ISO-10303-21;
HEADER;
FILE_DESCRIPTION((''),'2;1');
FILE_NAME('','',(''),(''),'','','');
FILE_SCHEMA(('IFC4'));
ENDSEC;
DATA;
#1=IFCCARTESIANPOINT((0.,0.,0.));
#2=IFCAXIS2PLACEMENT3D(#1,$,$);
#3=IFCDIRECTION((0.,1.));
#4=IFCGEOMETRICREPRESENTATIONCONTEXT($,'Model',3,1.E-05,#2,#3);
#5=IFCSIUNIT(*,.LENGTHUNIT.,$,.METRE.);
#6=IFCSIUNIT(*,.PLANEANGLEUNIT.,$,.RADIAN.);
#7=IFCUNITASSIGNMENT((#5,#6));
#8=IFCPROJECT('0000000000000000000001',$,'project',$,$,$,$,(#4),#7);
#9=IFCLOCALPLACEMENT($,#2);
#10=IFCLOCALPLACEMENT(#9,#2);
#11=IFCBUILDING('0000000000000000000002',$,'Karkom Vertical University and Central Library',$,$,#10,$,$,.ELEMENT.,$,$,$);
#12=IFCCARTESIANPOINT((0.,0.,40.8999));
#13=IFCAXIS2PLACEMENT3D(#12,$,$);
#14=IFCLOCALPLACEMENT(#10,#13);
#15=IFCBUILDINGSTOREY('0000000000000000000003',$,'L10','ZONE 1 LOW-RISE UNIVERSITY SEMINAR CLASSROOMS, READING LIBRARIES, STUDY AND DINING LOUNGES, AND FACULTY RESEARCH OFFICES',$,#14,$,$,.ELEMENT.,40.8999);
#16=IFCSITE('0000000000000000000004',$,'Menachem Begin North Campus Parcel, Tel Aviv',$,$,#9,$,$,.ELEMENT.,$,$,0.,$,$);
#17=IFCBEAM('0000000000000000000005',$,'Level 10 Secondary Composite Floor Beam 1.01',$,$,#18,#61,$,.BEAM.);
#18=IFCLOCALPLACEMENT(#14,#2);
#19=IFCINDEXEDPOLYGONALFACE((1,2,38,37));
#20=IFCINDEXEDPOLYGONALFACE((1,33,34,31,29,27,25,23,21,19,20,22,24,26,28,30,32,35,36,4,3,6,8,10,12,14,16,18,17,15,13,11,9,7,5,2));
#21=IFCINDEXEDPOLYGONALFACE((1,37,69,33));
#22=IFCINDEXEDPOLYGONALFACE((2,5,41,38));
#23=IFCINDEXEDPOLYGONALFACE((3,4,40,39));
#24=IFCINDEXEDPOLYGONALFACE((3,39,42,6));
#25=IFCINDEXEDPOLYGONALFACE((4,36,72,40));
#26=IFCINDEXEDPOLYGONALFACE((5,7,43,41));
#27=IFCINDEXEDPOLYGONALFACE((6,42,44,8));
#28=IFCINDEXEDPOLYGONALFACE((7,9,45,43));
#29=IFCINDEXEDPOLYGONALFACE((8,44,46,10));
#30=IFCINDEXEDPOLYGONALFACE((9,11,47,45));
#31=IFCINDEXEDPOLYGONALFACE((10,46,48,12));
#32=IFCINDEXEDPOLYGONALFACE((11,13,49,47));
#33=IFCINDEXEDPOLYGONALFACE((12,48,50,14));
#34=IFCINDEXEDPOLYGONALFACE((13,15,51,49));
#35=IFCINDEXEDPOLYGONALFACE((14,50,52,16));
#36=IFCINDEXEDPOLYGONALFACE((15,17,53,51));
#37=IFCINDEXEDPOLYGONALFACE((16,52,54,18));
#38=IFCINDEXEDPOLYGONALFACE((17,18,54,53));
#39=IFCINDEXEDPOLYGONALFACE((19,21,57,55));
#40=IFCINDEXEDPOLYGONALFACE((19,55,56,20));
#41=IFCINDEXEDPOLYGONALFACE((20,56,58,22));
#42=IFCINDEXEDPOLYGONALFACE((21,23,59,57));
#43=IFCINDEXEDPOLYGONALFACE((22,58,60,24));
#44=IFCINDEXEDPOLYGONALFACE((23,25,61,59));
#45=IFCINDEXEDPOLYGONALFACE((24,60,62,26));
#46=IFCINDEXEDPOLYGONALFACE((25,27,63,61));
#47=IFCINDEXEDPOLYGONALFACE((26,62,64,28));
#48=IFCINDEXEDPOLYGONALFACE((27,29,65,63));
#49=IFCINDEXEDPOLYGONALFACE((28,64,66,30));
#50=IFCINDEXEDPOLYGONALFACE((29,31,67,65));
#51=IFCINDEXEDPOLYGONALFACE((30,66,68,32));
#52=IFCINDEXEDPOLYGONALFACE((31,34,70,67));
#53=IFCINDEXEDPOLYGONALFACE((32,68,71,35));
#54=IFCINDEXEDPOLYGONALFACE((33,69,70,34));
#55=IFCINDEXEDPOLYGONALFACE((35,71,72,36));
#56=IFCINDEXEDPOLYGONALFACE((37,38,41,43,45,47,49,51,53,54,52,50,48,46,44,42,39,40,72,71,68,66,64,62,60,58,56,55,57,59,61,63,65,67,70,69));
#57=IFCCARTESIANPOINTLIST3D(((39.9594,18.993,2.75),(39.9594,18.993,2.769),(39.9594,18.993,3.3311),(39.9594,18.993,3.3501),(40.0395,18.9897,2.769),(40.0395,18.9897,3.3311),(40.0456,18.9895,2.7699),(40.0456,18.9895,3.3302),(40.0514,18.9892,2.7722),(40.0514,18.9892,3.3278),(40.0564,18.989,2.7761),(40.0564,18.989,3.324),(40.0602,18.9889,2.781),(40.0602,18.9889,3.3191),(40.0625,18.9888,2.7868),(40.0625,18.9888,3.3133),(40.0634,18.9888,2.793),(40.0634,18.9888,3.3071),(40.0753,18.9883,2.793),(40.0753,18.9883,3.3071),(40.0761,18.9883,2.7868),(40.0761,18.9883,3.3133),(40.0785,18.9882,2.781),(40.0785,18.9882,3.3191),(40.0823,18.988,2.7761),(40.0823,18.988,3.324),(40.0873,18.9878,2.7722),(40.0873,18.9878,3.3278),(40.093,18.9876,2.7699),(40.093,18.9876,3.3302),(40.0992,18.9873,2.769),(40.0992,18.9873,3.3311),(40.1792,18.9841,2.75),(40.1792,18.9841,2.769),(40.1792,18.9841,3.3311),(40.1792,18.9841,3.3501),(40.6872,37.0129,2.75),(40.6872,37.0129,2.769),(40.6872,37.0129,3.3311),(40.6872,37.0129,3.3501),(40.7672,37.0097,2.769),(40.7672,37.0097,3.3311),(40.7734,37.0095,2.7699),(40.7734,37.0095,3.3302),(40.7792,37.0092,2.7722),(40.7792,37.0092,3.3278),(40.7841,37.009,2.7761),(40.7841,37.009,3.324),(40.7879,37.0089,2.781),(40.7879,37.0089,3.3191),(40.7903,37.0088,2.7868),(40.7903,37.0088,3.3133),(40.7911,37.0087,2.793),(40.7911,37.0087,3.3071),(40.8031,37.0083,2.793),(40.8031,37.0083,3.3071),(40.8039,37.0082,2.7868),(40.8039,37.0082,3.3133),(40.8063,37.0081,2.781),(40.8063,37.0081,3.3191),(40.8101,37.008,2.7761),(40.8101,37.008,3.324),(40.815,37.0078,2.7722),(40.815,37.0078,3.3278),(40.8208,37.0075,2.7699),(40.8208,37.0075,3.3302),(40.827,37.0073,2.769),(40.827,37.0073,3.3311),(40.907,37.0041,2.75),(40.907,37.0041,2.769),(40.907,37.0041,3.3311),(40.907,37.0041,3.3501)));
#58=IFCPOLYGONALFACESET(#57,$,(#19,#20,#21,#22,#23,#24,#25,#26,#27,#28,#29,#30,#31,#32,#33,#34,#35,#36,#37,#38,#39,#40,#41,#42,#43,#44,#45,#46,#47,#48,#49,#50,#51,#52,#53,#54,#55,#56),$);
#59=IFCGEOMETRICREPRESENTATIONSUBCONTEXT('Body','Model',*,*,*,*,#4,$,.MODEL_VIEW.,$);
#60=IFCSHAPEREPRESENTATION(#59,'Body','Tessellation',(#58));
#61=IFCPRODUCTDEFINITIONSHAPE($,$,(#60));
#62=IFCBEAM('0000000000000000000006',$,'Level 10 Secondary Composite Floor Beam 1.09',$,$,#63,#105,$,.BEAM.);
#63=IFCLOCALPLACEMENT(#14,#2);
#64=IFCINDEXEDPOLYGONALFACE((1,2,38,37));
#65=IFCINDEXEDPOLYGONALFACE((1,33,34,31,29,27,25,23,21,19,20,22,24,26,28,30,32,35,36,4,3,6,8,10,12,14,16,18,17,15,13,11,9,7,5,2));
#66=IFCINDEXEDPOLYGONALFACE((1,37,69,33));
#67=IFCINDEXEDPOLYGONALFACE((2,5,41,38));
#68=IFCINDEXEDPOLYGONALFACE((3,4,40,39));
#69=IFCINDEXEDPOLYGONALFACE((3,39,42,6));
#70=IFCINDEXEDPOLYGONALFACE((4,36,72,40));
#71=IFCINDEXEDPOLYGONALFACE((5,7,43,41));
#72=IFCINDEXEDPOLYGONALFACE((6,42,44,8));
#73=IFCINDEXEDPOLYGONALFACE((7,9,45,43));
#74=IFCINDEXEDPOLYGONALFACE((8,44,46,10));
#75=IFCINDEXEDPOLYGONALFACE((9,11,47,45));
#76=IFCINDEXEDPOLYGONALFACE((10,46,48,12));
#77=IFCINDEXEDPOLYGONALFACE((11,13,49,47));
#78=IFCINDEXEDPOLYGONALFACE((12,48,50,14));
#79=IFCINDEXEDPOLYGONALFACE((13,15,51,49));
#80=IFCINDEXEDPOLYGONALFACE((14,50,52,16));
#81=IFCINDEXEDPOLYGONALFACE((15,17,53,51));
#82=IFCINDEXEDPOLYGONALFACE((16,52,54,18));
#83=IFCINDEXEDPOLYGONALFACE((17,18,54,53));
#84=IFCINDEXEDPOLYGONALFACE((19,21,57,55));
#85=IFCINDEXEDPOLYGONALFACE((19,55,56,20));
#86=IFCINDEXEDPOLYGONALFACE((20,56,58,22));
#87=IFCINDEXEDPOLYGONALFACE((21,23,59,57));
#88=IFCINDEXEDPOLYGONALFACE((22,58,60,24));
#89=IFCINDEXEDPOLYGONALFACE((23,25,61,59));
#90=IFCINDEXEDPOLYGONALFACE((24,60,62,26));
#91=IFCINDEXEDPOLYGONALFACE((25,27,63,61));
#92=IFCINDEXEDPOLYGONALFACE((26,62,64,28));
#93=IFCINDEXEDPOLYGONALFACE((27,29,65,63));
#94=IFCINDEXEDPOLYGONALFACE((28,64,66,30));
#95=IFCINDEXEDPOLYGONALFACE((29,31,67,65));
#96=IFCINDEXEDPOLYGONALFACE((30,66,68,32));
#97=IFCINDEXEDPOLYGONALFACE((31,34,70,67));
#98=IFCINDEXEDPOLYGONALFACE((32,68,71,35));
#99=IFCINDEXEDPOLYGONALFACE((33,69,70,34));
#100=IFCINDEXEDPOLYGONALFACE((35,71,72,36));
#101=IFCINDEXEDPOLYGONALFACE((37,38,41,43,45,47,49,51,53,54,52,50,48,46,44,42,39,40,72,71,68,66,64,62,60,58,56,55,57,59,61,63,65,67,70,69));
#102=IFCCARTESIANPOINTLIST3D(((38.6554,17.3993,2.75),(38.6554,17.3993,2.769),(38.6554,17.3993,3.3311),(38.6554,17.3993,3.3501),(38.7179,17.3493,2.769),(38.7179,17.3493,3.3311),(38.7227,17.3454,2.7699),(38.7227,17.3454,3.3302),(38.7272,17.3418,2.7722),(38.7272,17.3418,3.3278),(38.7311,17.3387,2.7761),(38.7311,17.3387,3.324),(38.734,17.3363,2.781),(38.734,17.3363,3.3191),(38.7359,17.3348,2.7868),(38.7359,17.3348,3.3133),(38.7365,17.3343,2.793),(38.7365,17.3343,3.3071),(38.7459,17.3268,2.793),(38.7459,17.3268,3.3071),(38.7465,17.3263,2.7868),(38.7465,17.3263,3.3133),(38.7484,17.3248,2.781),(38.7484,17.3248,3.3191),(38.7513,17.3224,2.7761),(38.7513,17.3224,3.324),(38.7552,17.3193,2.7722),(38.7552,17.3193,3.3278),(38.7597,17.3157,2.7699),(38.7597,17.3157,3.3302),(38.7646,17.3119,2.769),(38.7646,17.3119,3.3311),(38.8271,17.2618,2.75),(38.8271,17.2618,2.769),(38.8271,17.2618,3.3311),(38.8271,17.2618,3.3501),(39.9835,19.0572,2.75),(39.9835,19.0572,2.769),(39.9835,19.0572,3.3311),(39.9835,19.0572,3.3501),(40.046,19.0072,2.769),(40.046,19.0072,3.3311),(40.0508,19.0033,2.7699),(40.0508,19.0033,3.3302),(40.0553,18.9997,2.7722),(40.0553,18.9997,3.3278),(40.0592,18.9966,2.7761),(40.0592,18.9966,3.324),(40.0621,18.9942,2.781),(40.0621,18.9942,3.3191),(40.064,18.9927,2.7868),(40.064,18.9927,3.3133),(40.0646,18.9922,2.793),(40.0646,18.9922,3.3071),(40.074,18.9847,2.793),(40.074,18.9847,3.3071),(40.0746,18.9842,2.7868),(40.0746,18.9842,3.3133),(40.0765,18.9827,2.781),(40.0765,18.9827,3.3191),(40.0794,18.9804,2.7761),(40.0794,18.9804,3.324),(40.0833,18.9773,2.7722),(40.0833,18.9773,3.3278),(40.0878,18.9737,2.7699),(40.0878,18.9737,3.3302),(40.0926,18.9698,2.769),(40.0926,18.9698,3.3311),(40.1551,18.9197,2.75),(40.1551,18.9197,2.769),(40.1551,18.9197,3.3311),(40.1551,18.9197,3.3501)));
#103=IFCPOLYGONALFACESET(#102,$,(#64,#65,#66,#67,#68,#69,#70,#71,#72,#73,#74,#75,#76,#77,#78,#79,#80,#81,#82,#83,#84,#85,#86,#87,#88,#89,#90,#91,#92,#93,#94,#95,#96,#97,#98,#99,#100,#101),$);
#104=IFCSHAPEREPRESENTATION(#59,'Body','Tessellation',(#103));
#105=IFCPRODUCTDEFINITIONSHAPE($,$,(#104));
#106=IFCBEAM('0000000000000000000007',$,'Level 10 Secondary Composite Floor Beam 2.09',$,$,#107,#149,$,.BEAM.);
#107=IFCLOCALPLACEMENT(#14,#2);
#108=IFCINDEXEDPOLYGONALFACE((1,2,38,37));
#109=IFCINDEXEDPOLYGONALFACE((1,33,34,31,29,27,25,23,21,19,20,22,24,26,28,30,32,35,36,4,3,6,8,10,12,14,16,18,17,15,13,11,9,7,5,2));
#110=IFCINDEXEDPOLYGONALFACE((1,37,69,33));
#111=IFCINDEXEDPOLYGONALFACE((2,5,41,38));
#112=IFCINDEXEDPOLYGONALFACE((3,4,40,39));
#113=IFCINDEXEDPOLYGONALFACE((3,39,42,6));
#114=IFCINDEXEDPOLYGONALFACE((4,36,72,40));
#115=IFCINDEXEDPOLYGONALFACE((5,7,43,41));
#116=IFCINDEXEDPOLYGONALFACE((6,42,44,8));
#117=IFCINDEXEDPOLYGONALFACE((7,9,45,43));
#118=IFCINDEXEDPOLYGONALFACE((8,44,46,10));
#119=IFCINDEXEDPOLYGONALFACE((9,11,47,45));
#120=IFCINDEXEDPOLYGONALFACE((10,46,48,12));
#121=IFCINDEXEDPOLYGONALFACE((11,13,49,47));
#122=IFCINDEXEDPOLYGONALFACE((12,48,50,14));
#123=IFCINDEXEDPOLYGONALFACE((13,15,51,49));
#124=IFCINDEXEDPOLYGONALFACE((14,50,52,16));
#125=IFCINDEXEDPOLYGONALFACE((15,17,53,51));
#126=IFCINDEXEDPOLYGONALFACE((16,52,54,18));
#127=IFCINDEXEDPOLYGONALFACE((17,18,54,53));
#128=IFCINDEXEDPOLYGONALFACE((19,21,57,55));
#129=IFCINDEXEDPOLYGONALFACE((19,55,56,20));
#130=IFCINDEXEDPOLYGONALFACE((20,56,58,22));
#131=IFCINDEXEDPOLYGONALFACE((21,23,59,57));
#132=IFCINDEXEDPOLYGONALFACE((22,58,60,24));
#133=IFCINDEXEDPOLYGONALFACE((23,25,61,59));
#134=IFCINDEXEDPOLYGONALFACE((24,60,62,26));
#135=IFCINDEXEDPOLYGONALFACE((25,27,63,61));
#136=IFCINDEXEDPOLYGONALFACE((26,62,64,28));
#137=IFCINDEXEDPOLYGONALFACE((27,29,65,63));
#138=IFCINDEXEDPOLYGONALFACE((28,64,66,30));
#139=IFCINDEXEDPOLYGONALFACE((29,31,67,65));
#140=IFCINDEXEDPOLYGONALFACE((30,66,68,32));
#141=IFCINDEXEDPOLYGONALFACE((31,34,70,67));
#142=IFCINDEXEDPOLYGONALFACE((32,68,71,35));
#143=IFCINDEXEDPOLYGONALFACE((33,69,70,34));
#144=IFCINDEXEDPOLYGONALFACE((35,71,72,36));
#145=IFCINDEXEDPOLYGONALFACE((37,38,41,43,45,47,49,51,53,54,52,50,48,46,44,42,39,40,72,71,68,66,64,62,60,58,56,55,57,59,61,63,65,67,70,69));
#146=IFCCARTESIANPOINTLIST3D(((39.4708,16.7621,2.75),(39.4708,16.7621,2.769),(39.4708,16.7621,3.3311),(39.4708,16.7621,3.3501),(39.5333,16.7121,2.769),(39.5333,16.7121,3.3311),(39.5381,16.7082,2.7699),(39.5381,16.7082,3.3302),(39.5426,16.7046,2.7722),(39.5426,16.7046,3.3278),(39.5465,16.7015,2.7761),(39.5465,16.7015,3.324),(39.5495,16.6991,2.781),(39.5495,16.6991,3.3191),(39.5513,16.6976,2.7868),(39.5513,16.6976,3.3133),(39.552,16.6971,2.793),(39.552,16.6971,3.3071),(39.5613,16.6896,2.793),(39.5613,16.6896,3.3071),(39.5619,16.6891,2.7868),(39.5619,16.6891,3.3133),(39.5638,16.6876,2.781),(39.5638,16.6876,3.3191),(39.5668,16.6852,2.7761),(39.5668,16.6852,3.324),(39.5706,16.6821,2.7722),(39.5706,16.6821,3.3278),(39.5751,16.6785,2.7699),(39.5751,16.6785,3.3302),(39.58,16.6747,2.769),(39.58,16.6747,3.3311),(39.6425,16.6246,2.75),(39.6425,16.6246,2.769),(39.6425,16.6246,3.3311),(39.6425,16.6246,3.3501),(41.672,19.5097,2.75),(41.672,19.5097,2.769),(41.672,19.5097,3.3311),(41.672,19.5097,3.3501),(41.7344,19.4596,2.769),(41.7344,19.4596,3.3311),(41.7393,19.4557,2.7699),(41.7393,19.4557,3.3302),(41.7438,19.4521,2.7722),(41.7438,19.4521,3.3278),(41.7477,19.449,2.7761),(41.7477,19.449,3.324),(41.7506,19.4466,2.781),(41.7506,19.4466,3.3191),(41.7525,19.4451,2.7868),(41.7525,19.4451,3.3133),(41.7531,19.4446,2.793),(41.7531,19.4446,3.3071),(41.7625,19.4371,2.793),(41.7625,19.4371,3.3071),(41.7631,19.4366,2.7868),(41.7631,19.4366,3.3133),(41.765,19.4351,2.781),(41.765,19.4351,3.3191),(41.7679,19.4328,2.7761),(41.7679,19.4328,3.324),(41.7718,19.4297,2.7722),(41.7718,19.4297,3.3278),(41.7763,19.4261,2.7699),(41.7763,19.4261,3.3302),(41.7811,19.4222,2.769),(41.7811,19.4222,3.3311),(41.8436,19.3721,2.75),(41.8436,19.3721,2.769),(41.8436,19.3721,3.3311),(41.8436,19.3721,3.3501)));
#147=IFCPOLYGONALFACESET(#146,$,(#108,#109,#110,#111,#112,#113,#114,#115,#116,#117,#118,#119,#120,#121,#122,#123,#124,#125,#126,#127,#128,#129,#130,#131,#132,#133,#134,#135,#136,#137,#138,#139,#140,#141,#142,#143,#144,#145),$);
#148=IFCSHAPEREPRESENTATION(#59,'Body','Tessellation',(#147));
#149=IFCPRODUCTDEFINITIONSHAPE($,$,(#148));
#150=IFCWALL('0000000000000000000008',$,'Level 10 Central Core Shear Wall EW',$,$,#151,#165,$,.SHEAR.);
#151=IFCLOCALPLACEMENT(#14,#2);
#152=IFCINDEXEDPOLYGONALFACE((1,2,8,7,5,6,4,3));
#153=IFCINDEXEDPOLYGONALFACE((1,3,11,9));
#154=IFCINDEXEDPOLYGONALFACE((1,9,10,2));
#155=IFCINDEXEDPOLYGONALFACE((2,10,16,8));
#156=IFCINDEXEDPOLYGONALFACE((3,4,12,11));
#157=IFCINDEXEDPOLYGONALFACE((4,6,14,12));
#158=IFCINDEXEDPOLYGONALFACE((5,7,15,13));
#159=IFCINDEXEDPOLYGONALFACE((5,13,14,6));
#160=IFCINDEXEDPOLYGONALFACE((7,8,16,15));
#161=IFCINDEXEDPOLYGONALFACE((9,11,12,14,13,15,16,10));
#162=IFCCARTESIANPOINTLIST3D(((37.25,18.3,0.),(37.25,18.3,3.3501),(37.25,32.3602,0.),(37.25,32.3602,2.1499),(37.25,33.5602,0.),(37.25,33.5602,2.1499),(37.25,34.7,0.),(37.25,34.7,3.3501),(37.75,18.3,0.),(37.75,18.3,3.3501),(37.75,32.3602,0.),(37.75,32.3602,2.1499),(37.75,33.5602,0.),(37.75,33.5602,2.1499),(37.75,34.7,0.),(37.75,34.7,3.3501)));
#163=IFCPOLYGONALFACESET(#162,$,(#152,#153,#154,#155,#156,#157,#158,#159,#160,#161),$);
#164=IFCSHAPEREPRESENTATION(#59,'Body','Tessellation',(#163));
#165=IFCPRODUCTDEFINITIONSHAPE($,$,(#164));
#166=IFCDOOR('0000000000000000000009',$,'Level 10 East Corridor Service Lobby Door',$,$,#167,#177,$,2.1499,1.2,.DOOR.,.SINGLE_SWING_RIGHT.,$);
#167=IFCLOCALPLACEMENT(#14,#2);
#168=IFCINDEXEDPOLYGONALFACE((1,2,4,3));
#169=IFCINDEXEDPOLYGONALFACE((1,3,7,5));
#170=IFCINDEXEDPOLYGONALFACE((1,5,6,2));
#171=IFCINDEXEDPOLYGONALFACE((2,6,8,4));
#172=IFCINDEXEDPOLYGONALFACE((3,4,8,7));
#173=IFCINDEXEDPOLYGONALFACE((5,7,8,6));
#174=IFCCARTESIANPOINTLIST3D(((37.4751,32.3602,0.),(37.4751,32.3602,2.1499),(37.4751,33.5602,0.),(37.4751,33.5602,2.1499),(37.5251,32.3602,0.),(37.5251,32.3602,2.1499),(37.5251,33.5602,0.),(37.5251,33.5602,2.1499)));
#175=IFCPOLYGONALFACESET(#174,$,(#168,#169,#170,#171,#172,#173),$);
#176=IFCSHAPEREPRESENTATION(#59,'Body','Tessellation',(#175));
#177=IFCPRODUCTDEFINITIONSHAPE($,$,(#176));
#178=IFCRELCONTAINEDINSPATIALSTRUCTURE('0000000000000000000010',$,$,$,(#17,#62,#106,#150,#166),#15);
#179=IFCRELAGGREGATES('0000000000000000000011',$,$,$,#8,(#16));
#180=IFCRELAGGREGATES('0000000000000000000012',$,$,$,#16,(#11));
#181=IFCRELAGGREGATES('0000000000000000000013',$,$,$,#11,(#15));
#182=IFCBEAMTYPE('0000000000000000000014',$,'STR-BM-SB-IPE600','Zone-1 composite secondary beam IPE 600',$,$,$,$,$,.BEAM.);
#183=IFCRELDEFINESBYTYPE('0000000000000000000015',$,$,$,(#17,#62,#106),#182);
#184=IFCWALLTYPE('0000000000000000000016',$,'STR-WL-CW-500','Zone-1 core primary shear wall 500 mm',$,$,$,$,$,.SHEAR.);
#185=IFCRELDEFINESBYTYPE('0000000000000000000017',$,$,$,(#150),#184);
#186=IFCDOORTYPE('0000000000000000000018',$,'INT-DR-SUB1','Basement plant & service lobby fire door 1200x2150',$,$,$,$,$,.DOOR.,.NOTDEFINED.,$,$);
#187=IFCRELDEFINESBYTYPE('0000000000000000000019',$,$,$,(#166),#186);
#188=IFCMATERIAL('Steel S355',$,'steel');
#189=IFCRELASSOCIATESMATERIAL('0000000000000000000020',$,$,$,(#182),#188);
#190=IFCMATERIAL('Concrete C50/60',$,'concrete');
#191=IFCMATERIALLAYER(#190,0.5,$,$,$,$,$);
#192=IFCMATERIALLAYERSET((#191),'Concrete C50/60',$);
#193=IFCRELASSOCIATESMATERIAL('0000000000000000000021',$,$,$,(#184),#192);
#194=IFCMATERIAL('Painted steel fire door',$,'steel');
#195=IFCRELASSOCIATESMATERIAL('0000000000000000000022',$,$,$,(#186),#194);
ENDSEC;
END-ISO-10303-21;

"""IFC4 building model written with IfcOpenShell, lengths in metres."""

from ifc_helpers import new_model, si_unit, direction, frame, frame_2d, origin, origin_with_axes, origin_2d, place, context, subcontext, project, spatial, rectangle, i_section, extrude, source, transform, mapped, material, layer, layer_set, material_profile, profile_set, type_object, element, fill, save


model = new_model("IFC4")

# Units and contexts
model_context = context("Model", 3, precision=1e-05, world=origin(), true_north=direction((0.0, 1.0)))
body_context = subcontext(model_context, "Body", "Model", "MODEL_VIEW")
ifc_project = project(units=[si_unit("LENGTHUNIT", "METRE"), si_unit("PLANEANGLEUNIT", "RADIAN")], contexts=[model_context])

# Site, building, storey
site_placement = place(None, origin())
site = spatial("IfcSite", under=ifc_project, at=site_placement, Name="Menachem Begin North Campus Parcel, Tel Aviv", CompositionType="ELEMENT", RefElevation=0.0)
building_placement = place(site_placement, origin())
building = spatial("IfcBuilding", under=site, at=building_placement, Name="Karkom Vertical University and Central Library", CompositionType="ELEMENT")
storey_placement = place(building_placement, frame((0.0, 0.0, 40.8999)))
storey = spatial("IfcBuildingStorey", under=building, at=storey_placement, Name="L10", Description="ZONE 1 LOW-RISE UNIVERSITY SEMINAR CLASSROOMS, READING LIBRARIES, STUDY AND DINING LOUNGES, AND FACULTY RESEARCH OFFICES", CompositionType="ELEMENT", Elevation=40.8999)

# Shared definitions
ifc_material_1 = material(Name="Concrete C50/60", Category="concrete")

# Beams
ifc_material_2 = material(Name="Steel S355", Category="steel")
ifc_material_profile_1 = material_profile(ifc_material_2, i_section(OverallWidth=0.22, OverallDepth=0.6001, WebThickness=0.012, FlangeThickness=0.019, FilletRadius=0.0239, at=origin_2d()), Name="IPE 600")
ifc_profile_set_1 = profile_set([ifc_material_profile_1], Name="Steel S355")
beam_type_1 = type_object("IfcBeamType", Name="STR-BM-SB-IPE600", Description="Zone-1 composite secondary beam IPE 600", PredefinedType="BEAM", material=ifc_profile_set_1)
shared_shape_1 = source(origin_with_axes(), body_context, "Body", "SweptSolid", [
    extrude(i_section(OverallWidth=0.22, OverallDepth=0.6001, WebThickness=0.012, FlangeThickness=0.019, FilletRadius=0.0239, at=origin_2d()), origin(), (0.0, 0.0, 1.0), 18.0347),
])
beam_1_placement = place(storey_placement, frame((40.0693, 18.9885, 3.05), z_axis=(0.040355, 0.999185, 0.0), x_axis=(-0.999185, 0.040355, 0.0)))
element("IfcBeam", 1, at=beam_1_placement, inside=storey, type_object=beam_type_1, Name="Level 10 Secondary Composite Floor Beam 1.01", PredefinedType="BEAM", context=body_context, shape_type="MappedRepresentation", body=[
    mapped(shared_shape_1, transform((0.0, 0.0, 0.0), scale=1.0)),
])
shared_shape_2 = source(origin_with_axes(), body_context, "Body", "SweptSolid", [
    extrude(i_section(OverallWidth=0.22, OverallDepth=0.6001, WebThickness=0.012, FlangeThickness=0.019, FilletRadius=0.0239, at=origin_2d()), origin(), (0.0, 0.0, 1.0), 2.1243),
])
beam_2_placement = place(storey_placement, frame((38.7412, 17.3306, 3.05), z_axis=(0.625199, 0.780465, 0.0), x_axis=(-0.780465, 0.625199, 0.0)))
element("IfcBeam", 2, at=beam_2_placement, inside=storey, type_object=beam_type_1, Name="Level 10 Secondary Composite Floor Beam 1.09", PredefinedType="BEAM", context=body_context, shape_type="MappedRepresentation", body=[
    mapped(shared_shape_2, transform((0.0, 0.0, 0.0), scale=1.0)),
])
shared_shape_3 = source(origin_with_axes(), body_context, "Body", "SweptSolid", [
    extrude(i_section(OverallWidth=0.22, OverallDepth=0.6001, WebThickness=0.012, FlangeThickness=0.019, FilletRadius=0.0239, at=origin_2d()), origin(), (0.0, 0.0, 1.0), 3.5205),
])
beam_3_placement = place(storey_placement, frame((39.5566, 16.6934, 3.05), z_axis=(0.625236, 0.780436, 0.0), x_axis=(-0.780436, 0.625236, 0.0)))
element("IfcBeam", 3, at=beam_3_placement, inside=storey, type_object=beam_type_1, Name="Level 10 Secondary Composite Floor Beam 2.09", PredefinedType="BEAM", context=body_context, shape_type="MappedRepresentation", body=[
    mapped(shared_shape_3, transform((0.0, 0.0, 0.0), scale=1.0)),
])

# Wall, opening, door
ifc_layer_1 = layer(ifc_material_1, 0.5)
ifc_layer_set_1 = layer_set([ifc_layer_1], Name="Concrete C50/60")
wall_type_1 = type_object("IfcWallType", Name="STR-WL-CW-500", Description="Zone-1 core primary shear wall 500 mm", PredefinedType="SHEAR", material=ifc_layer_set_1)
wall_1_placement = place(storey_placement, frame((37.5, 18.3, 0.0), z_axis=(0.0, 0.0, 1.0), x_axis=(0.0, 1.0, 0.0)))
wall_1 = element("IfcWall", 4, at=wall_1_placement, inside=storey, type_object=wall_type_1, Name="Level 10 Central Core Shear Wall EW", PredefinedType="SHEAR", context=body_context, shape_type="SweptSolid", body=[
    extrude(rectangle(XDim=16.3999, YDim=0.5, at=frame_2d((8.2, 0.0))), origin(), (0.0, 0.0, 1.0), 3.3501),
])
opening_placement = place(wall_1_placement, frame((14.0601, 0.0, 0.0)))
opening = element("IfcOpeningElement", 5, at=opening_placement, cuts=wall_1, PredefinedType="OPENING", context=body_context, shape_type="SweptSolid", body=[
    extrude(rectangle(XDim=1.2, YDim=2.1499, at=frame_2d((0.6001, 1.075))), frame((0.0, 0.26, 0.0), z_axis=(0.0, -1.0, 0.0), x_axis=(1.0, 0.0, 0.0)), (0.0, 0.0, 1.0), 0.52),
])
ifc_material_3 = material(Name="Painted steel fire door", Category="steel")
door_type = type_object("IfcDoorType", Name="INT-DR-SUB1", Description="Basement plant & service lobby fire door 1200x2150", OperationType="NOTDEFINED", PredefinedType="DOOR", material=ifc_material_3)
shared_shape_4 = source(origin_with_axes(), body_context, "Body", "SweptSolid", [
    extrude(rectangle(XDim=1.2, YDim=2.1499, at=frame_2d((0.6001, 1.075))), frame((0.0, 0.0249, 0.0), z_axis=(0.0, -1.0, 0.0), x_axis=(1.0, 0.0, 0.0)), (0.0, 0.0, 1.0), 0.05),
])
door_placement = place(opening_placement, origin())
door = element("IfcDoor", 6, at=door_placement, inside=storey, type_object=door_type, Name="Level 10 East Corridor Service Lobby Door", OperationType="SINGLE_SWING_RIGHT", OverallHeight=2.1499, OverallWidth=1.2, PredefinedType="DOOR", context=body_context, shape_type="MappedRepresentation", body=[
    mapped(shared_shape_4, transform((0.0, 0.0, 0.0), scale=1.0)),
])
fill(opening, door)

save(model, "model.ifc")
